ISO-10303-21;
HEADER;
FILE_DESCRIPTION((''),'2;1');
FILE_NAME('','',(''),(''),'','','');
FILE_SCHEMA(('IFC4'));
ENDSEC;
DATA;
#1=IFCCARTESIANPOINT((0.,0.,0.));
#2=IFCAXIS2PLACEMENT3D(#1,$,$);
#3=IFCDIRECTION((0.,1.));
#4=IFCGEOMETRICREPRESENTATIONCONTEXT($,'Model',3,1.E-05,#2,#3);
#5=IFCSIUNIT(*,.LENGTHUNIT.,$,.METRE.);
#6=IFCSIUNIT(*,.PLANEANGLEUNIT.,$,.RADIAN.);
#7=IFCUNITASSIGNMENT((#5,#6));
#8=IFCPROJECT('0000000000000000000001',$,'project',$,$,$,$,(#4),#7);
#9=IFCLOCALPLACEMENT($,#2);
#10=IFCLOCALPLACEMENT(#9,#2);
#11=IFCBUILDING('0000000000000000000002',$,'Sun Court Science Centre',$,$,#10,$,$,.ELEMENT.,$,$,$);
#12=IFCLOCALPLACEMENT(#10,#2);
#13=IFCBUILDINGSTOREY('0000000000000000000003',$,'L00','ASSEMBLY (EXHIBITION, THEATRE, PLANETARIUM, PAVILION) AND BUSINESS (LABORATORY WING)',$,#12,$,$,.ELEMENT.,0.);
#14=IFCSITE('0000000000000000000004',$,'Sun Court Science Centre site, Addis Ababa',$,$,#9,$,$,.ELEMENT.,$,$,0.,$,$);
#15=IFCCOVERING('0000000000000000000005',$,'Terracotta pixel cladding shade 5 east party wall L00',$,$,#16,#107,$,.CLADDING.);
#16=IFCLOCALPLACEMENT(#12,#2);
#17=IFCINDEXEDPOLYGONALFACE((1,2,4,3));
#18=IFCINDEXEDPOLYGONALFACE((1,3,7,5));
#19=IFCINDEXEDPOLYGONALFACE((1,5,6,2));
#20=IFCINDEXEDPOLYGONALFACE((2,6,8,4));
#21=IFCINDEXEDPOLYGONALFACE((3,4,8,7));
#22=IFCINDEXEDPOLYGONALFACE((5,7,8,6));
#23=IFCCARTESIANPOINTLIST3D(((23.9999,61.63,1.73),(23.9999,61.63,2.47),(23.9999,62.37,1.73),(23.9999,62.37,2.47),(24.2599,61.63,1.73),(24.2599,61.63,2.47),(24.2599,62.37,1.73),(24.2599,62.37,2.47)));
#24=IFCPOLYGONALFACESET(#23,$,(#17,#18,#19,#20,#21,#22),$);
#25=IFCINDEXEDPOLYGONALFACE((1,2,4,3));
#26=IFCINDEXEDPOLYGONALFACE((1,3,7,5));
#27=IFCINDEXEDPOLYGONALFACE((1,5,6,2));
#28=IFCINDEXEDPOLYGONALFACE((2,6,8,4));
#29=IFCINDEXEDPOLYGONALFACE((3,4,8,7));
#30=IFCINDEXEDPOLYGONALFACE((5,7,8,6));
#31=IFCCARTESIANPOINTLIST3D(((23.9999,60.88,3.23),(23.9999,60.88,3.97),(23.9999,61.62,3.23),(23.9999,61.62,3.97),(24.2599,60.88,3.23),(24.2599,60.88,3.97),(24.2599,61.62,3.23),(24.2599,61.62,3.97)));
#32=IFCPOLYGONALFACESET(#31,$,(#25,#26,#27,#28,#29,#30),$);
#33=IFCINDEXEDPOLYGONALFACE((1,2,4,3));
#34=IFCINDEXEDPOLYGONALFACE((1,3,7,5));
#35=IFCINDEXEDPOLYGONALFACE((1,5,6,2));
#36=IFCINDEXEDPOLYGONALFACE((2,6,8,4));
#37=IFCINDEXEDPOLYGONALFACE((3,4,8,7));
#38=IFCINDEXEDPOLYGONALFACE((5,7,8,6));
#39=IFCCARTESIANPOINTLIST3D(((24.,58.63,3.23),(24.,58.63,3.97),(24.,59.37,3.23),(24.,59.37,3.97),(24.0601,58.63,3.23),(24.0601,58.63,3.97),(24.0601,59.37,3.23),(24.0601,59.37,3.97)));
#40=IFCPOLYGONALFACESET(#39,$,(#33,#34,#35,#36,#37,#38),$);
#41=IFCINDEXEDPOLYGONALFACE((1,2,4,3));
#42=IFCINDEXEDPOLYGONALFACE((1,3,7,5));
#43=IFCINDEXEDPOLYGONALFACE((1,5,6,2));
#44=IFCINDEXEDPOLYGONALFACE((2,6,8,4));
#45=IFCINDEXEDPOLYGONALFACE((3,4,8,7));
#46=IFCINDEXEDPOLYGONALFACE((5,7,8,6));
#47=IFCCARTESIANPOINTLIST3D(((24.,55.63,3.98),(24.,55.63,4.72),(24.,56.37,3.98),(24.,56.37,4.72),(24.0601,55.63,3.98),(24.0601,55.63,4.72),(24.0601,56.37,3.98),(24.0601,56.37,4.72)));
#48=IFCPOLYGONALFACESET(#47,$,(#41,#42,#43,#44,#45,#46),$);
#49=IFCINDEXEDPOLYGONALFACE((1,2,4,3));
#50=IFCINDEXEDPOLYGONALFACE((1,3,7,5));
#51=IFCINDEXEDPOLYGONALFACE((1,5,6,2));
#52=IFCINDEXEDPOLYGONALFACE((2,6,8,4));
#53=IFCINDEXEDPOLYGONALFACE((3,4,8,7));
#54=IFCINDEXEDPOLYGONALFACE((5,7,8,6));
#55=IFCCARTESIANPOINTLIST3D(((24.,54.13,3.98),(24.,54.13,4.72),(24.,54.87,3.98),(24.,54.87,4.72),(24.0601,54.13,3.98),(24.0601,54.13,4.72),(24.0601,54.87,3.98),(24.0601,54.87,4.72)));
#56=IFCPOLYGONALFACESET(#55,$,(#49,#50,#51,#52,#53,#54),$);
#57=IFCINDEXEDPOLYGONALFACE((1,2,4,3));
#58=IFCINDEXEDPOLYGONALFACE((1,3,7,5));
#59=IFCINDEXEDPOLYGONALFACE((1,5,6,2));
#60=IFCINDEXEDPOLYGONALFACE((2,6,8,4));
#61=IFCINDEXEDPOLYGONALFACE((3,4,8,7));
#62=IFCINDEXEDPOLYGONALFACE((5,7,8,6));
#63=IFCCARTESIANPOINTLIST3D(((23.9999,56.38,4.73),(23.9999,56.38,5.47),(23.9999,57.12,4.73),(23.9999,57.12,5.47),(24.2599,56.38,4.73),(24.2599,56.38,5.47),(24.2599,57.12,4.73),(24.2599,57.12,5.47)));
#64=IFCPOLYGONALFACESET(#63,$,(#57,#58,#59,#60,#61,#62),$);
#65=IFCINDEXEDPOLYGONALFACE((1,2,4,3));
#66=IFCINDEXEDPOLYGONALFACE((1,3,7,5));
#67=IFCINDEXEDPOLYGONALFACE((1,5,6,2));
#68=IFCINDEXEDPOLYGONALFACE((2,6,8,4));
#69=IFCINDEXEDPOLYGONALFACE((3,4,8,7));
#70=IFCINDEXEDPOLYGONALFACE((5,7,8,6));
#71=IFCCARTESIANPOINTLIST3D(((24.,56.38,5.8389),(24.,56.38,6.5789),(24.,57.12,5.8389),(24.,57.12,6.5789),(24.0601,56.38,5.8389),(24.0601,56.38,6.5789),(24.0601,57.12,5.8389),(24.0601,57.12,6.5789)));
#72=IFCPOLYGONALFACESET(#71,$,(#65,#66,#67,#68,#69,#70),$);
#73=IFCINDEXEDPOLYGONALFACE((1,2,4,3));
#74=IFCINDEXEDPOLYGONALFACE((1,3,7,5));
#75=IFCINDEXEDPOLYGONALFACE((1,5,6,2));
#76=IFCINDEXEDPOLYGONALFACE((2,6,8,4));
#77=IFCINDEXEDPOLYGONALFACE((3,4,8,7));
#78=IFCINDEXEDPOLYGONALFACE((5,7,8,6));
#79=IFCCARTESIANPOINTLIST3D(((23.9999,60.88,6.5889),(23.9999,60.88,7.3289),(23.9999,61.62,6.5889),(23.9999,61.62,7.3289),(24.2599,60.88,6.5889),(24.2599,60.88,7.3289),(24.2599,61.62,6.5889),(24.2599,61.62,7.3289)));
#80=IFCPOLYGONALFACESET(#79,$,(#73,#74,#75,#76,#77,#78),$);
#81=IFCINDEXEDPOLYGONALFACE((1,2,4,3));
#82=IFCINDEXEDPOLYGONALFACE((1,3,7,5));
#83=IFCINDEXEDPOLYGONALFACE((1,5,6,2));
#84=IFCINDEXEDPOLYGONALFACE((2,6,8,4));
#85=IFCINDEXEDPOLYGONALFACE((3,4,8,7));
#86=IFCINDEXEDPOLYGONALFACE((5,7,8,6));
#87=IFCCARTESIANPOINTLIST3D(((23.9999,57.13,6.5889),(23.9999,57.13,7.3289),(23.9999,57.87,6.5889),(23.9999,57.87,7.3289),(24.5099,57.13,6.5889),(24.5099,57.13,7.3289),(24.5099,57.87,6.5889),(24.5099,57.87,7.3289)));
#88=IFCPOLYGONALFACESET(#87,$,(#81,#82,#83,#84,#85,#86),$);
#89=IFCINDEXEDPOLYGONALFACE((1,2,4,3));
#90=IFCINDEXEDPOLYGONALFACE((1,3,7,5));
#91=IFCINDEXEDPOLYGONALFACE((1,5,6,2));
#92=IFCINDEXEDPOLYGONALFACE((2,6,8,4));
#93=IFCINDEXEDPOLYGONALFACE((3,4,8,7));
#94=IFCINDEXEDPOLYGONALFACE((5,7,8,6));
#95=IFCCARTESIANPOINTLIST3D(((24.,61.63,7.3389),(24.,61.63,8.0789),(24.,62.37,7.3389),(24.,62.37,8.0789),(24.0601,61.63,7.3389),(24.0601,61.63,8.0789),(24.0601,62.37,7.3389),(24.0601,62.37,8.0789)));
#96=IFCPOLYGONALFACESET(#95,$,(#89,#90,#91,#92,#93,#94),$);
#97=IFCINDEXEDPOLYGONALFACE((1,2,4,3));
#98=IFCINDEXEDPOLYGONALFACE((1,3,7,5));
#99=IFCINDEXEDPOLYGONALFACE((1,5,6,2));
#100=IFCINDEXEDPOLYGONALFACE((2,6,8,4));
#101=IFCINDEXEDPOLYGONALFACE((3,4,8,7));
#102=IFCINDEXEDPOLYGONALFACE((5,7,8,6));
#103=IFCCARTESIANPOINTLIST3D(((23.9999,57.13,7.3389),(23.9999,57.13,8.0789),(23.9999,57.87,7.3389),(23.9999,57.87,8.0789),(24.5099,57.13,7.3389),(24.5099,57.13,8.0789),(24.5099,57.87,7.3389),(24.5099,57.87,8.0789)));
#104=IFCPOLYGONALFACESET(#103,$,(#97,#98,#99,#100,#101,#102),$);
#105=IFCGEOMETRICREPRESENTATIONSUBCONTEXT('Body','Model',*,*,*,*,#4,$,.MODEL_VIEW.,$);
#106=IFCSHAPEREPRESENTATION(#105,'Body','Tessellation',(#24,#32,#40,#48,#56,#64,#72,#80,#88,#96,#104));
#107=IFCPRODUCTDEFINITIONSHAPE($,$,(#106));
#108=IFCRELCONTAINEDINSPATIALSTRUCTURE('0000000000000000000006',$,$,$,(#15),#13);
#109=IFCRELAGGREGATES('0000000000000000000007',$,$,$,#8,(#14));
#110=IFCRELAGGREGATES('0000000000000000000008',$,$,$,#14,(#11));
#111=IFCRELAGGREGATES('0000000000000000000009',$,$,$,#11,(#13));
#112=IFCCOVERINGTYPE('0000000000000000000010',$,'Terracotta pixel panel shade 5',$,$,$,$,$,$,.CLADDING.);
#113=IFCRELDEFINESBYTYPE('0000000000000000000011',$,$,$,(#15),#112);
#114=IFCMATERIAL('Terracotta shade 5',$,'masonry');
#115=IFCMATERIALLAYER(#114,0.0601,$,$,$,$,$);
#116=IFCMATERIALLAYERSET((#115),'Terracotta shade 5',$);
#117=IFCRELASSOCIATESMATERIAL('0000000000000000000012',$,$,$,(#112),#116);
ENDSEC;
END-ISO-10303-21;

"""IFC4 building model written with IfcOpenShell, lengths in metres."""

from ifc_helpers import new_model, si_unit, direction, frame, origin, origin_2d, place, context, subcontext, project, spatial, rectangle, extrude, material, layer, layer_set, type_object, element, save


model = new_model("IFC4")

# Units and contexts
model_context = context("Model", 3, precision=1e-05, world=origin(), true_north=direction((0.0, 1.0)))
body_context = subcontext(model_context, "Body", "Model", "MODEL_VIEW")
ifc_project = project(units=[si_unit("LENGTHUNIT", "METRE"), si_unit("PLANEANGLEUNIT", "RADIAN")], contexts=[model_context])

# Site, building, storey
site_placement = place(None, origin())
site = spatial("IfcSite", under=ifc_project, at=site_placement, Name="Sun Court Science Centre site, Addis Ababa", CompositionType="ELEMENT", RefElevation=0.0)
building_placement = place(site_placement, origin())
building = spatial("IfcBuilding", under=site, at=building_placement, Name="Sun Court Science Centre", CompositionType="ELEMENT")
storey_placement = place(building_placement, origin())
storey = spatial("IfcBuildingStorey", under=building, at=storey_placement, Name="L00", Description="ASSEMBLY (EXHIBITION, THEATRE, PLANETARIUM, PAVILION) AND BUSINESS (LABORATORY WING)", CompositionType="ELEMENT", Elevation=0.0)

# Covering
ifc_material_1 = material(Name="Terracotta shade 5", Category="masonry")
ifc_layer_1 = layer(ifc_material_1, 0.0601)
ifc_layer_set_1 = layer_set([ifc_layer_1], Name="Terracotta shade 5")
covering_type_1 = type_object("IfcCoveringType", Name="Terracotta pixel panel shade 5", PredefinedType="CLADDING", material=ifc_layer_set_1)
covering_1_placement = place(storey_placement, origin())
element("IfcCovering", 1, at=covering_1_placement, inside=storey, type_object=covering_type_1, Name="Terracotta pixel cladding shade 5 east party wall L00", PredefinedType="CLADDING", context=body_context, shape_type="SweptSolid", body=[
    extrude(rectangle(XDim=0.74, YDim=0.26, at=origin_2d()), frame((24.1299, 62.0, 1.73), z_axis=(0.0, 0.0, 1.0), x_axis=(0.0, -1.0, 0.0)), (0.0, 0.0, 1.0), 0.74),
    extrude(rectangle(XDim=0.74, YDim=0.26, at=origin_2d()), frame((24.1299, 61.25, 3.23), z_axis=(0.0, 0.0, 1.0), x_axis=(0.0, -1.0, 0.0)), (0.0, 0.0, 1.0), 0.74),
    extrude(rectangle(XDim=0.74, YDim=0.0601, at=origin_2d()), frame((24.03, 59.0, 3.23), z_axis=(0.0, 0.0, 1.0), x_axis=(0.0, -1.0, 0.0)), (0.0, 0.0, 1.0), 0.74),
    extrude(rectangle(XDim=0.74, YDim=0.0601, at=origin_2d()), frame((24.03, 56.0, 3.98), z_axis=(0.0, 0.0, 1.0), x_axis=(0.0, -1.0, 0.0)), (0.0, 0.0, 1.0), 0.74),
    extrude(rectangle(XDim=0.74, YDim=0.0601, at=origin_2d()), frame((24.03, 54.5, 3.98), z_axis=(0.0, 0.0, 1.0), x_axis=(0.0, -1.0, 0.0)), (0.0, 0.0, 1.0), 0.74),
    extrude(rectangle(XDim=0.74, YDim=0.26, at=origin_2d()), frame((24.1299, 56.75, 4.73), z_axis=(0.0, 0.0, 1.0), x_axis=(0.0, -1.0, 0.0)), (0.0, 0.0, 1.0), 0.74),
    extrude(rectangle(XDim=0.74, YDim=0.0601, at=origin_2d()), frame((24.03, 56.75, 5.8389), z_axis=(0.0, 0.0, 1.0), x_axis=(0.0, -1.0, 0.0)), (0.0, 0.0, 1.0), 0.74),
    extrude(rectangle(XDim=0.74, YDim=0.26, at=origin_2d()), frame((24.1299, 61.25, 6.5889), z_axis=(0.0, 0.0, 1.0), x_axis=(0.0, -1.0, 0.0)), (0.0, 0.0, 1.0), 0.74),
    extrude(rectangle(XDim=0.74, YDim=0.51, at=origin_2d()), frame((24.2549, 57.5, 6.5889), z_axis=(0.0, 0.0, 1.0), x_axis=(0.0, -1.0, 0.0)), (0.0, 0.0, 1.0), 0.74),
    extrude(rectangle(XDim=0.74, YDim=0.0601, at=origin_2d()), frame((24.03, 62.0, 7.3389), z_axis=(0.0, 0.0, 1.0), x_axis=(0.0, -1.0, 0.0)), (0.0, 0.0, 1.0), 0.74),
    extrude(rectangle(XDim=0.74, YDim=0.51, at=origin_2d()), frame((24.2549, 57.5, 7.3389), z_axis=(0.0, 0.0, 1.0), x_axis=(0.0, -1.0, 0.0)), (0.0, 0.0, 1.0), 0.74),
])

save(model, "model.ifc")
